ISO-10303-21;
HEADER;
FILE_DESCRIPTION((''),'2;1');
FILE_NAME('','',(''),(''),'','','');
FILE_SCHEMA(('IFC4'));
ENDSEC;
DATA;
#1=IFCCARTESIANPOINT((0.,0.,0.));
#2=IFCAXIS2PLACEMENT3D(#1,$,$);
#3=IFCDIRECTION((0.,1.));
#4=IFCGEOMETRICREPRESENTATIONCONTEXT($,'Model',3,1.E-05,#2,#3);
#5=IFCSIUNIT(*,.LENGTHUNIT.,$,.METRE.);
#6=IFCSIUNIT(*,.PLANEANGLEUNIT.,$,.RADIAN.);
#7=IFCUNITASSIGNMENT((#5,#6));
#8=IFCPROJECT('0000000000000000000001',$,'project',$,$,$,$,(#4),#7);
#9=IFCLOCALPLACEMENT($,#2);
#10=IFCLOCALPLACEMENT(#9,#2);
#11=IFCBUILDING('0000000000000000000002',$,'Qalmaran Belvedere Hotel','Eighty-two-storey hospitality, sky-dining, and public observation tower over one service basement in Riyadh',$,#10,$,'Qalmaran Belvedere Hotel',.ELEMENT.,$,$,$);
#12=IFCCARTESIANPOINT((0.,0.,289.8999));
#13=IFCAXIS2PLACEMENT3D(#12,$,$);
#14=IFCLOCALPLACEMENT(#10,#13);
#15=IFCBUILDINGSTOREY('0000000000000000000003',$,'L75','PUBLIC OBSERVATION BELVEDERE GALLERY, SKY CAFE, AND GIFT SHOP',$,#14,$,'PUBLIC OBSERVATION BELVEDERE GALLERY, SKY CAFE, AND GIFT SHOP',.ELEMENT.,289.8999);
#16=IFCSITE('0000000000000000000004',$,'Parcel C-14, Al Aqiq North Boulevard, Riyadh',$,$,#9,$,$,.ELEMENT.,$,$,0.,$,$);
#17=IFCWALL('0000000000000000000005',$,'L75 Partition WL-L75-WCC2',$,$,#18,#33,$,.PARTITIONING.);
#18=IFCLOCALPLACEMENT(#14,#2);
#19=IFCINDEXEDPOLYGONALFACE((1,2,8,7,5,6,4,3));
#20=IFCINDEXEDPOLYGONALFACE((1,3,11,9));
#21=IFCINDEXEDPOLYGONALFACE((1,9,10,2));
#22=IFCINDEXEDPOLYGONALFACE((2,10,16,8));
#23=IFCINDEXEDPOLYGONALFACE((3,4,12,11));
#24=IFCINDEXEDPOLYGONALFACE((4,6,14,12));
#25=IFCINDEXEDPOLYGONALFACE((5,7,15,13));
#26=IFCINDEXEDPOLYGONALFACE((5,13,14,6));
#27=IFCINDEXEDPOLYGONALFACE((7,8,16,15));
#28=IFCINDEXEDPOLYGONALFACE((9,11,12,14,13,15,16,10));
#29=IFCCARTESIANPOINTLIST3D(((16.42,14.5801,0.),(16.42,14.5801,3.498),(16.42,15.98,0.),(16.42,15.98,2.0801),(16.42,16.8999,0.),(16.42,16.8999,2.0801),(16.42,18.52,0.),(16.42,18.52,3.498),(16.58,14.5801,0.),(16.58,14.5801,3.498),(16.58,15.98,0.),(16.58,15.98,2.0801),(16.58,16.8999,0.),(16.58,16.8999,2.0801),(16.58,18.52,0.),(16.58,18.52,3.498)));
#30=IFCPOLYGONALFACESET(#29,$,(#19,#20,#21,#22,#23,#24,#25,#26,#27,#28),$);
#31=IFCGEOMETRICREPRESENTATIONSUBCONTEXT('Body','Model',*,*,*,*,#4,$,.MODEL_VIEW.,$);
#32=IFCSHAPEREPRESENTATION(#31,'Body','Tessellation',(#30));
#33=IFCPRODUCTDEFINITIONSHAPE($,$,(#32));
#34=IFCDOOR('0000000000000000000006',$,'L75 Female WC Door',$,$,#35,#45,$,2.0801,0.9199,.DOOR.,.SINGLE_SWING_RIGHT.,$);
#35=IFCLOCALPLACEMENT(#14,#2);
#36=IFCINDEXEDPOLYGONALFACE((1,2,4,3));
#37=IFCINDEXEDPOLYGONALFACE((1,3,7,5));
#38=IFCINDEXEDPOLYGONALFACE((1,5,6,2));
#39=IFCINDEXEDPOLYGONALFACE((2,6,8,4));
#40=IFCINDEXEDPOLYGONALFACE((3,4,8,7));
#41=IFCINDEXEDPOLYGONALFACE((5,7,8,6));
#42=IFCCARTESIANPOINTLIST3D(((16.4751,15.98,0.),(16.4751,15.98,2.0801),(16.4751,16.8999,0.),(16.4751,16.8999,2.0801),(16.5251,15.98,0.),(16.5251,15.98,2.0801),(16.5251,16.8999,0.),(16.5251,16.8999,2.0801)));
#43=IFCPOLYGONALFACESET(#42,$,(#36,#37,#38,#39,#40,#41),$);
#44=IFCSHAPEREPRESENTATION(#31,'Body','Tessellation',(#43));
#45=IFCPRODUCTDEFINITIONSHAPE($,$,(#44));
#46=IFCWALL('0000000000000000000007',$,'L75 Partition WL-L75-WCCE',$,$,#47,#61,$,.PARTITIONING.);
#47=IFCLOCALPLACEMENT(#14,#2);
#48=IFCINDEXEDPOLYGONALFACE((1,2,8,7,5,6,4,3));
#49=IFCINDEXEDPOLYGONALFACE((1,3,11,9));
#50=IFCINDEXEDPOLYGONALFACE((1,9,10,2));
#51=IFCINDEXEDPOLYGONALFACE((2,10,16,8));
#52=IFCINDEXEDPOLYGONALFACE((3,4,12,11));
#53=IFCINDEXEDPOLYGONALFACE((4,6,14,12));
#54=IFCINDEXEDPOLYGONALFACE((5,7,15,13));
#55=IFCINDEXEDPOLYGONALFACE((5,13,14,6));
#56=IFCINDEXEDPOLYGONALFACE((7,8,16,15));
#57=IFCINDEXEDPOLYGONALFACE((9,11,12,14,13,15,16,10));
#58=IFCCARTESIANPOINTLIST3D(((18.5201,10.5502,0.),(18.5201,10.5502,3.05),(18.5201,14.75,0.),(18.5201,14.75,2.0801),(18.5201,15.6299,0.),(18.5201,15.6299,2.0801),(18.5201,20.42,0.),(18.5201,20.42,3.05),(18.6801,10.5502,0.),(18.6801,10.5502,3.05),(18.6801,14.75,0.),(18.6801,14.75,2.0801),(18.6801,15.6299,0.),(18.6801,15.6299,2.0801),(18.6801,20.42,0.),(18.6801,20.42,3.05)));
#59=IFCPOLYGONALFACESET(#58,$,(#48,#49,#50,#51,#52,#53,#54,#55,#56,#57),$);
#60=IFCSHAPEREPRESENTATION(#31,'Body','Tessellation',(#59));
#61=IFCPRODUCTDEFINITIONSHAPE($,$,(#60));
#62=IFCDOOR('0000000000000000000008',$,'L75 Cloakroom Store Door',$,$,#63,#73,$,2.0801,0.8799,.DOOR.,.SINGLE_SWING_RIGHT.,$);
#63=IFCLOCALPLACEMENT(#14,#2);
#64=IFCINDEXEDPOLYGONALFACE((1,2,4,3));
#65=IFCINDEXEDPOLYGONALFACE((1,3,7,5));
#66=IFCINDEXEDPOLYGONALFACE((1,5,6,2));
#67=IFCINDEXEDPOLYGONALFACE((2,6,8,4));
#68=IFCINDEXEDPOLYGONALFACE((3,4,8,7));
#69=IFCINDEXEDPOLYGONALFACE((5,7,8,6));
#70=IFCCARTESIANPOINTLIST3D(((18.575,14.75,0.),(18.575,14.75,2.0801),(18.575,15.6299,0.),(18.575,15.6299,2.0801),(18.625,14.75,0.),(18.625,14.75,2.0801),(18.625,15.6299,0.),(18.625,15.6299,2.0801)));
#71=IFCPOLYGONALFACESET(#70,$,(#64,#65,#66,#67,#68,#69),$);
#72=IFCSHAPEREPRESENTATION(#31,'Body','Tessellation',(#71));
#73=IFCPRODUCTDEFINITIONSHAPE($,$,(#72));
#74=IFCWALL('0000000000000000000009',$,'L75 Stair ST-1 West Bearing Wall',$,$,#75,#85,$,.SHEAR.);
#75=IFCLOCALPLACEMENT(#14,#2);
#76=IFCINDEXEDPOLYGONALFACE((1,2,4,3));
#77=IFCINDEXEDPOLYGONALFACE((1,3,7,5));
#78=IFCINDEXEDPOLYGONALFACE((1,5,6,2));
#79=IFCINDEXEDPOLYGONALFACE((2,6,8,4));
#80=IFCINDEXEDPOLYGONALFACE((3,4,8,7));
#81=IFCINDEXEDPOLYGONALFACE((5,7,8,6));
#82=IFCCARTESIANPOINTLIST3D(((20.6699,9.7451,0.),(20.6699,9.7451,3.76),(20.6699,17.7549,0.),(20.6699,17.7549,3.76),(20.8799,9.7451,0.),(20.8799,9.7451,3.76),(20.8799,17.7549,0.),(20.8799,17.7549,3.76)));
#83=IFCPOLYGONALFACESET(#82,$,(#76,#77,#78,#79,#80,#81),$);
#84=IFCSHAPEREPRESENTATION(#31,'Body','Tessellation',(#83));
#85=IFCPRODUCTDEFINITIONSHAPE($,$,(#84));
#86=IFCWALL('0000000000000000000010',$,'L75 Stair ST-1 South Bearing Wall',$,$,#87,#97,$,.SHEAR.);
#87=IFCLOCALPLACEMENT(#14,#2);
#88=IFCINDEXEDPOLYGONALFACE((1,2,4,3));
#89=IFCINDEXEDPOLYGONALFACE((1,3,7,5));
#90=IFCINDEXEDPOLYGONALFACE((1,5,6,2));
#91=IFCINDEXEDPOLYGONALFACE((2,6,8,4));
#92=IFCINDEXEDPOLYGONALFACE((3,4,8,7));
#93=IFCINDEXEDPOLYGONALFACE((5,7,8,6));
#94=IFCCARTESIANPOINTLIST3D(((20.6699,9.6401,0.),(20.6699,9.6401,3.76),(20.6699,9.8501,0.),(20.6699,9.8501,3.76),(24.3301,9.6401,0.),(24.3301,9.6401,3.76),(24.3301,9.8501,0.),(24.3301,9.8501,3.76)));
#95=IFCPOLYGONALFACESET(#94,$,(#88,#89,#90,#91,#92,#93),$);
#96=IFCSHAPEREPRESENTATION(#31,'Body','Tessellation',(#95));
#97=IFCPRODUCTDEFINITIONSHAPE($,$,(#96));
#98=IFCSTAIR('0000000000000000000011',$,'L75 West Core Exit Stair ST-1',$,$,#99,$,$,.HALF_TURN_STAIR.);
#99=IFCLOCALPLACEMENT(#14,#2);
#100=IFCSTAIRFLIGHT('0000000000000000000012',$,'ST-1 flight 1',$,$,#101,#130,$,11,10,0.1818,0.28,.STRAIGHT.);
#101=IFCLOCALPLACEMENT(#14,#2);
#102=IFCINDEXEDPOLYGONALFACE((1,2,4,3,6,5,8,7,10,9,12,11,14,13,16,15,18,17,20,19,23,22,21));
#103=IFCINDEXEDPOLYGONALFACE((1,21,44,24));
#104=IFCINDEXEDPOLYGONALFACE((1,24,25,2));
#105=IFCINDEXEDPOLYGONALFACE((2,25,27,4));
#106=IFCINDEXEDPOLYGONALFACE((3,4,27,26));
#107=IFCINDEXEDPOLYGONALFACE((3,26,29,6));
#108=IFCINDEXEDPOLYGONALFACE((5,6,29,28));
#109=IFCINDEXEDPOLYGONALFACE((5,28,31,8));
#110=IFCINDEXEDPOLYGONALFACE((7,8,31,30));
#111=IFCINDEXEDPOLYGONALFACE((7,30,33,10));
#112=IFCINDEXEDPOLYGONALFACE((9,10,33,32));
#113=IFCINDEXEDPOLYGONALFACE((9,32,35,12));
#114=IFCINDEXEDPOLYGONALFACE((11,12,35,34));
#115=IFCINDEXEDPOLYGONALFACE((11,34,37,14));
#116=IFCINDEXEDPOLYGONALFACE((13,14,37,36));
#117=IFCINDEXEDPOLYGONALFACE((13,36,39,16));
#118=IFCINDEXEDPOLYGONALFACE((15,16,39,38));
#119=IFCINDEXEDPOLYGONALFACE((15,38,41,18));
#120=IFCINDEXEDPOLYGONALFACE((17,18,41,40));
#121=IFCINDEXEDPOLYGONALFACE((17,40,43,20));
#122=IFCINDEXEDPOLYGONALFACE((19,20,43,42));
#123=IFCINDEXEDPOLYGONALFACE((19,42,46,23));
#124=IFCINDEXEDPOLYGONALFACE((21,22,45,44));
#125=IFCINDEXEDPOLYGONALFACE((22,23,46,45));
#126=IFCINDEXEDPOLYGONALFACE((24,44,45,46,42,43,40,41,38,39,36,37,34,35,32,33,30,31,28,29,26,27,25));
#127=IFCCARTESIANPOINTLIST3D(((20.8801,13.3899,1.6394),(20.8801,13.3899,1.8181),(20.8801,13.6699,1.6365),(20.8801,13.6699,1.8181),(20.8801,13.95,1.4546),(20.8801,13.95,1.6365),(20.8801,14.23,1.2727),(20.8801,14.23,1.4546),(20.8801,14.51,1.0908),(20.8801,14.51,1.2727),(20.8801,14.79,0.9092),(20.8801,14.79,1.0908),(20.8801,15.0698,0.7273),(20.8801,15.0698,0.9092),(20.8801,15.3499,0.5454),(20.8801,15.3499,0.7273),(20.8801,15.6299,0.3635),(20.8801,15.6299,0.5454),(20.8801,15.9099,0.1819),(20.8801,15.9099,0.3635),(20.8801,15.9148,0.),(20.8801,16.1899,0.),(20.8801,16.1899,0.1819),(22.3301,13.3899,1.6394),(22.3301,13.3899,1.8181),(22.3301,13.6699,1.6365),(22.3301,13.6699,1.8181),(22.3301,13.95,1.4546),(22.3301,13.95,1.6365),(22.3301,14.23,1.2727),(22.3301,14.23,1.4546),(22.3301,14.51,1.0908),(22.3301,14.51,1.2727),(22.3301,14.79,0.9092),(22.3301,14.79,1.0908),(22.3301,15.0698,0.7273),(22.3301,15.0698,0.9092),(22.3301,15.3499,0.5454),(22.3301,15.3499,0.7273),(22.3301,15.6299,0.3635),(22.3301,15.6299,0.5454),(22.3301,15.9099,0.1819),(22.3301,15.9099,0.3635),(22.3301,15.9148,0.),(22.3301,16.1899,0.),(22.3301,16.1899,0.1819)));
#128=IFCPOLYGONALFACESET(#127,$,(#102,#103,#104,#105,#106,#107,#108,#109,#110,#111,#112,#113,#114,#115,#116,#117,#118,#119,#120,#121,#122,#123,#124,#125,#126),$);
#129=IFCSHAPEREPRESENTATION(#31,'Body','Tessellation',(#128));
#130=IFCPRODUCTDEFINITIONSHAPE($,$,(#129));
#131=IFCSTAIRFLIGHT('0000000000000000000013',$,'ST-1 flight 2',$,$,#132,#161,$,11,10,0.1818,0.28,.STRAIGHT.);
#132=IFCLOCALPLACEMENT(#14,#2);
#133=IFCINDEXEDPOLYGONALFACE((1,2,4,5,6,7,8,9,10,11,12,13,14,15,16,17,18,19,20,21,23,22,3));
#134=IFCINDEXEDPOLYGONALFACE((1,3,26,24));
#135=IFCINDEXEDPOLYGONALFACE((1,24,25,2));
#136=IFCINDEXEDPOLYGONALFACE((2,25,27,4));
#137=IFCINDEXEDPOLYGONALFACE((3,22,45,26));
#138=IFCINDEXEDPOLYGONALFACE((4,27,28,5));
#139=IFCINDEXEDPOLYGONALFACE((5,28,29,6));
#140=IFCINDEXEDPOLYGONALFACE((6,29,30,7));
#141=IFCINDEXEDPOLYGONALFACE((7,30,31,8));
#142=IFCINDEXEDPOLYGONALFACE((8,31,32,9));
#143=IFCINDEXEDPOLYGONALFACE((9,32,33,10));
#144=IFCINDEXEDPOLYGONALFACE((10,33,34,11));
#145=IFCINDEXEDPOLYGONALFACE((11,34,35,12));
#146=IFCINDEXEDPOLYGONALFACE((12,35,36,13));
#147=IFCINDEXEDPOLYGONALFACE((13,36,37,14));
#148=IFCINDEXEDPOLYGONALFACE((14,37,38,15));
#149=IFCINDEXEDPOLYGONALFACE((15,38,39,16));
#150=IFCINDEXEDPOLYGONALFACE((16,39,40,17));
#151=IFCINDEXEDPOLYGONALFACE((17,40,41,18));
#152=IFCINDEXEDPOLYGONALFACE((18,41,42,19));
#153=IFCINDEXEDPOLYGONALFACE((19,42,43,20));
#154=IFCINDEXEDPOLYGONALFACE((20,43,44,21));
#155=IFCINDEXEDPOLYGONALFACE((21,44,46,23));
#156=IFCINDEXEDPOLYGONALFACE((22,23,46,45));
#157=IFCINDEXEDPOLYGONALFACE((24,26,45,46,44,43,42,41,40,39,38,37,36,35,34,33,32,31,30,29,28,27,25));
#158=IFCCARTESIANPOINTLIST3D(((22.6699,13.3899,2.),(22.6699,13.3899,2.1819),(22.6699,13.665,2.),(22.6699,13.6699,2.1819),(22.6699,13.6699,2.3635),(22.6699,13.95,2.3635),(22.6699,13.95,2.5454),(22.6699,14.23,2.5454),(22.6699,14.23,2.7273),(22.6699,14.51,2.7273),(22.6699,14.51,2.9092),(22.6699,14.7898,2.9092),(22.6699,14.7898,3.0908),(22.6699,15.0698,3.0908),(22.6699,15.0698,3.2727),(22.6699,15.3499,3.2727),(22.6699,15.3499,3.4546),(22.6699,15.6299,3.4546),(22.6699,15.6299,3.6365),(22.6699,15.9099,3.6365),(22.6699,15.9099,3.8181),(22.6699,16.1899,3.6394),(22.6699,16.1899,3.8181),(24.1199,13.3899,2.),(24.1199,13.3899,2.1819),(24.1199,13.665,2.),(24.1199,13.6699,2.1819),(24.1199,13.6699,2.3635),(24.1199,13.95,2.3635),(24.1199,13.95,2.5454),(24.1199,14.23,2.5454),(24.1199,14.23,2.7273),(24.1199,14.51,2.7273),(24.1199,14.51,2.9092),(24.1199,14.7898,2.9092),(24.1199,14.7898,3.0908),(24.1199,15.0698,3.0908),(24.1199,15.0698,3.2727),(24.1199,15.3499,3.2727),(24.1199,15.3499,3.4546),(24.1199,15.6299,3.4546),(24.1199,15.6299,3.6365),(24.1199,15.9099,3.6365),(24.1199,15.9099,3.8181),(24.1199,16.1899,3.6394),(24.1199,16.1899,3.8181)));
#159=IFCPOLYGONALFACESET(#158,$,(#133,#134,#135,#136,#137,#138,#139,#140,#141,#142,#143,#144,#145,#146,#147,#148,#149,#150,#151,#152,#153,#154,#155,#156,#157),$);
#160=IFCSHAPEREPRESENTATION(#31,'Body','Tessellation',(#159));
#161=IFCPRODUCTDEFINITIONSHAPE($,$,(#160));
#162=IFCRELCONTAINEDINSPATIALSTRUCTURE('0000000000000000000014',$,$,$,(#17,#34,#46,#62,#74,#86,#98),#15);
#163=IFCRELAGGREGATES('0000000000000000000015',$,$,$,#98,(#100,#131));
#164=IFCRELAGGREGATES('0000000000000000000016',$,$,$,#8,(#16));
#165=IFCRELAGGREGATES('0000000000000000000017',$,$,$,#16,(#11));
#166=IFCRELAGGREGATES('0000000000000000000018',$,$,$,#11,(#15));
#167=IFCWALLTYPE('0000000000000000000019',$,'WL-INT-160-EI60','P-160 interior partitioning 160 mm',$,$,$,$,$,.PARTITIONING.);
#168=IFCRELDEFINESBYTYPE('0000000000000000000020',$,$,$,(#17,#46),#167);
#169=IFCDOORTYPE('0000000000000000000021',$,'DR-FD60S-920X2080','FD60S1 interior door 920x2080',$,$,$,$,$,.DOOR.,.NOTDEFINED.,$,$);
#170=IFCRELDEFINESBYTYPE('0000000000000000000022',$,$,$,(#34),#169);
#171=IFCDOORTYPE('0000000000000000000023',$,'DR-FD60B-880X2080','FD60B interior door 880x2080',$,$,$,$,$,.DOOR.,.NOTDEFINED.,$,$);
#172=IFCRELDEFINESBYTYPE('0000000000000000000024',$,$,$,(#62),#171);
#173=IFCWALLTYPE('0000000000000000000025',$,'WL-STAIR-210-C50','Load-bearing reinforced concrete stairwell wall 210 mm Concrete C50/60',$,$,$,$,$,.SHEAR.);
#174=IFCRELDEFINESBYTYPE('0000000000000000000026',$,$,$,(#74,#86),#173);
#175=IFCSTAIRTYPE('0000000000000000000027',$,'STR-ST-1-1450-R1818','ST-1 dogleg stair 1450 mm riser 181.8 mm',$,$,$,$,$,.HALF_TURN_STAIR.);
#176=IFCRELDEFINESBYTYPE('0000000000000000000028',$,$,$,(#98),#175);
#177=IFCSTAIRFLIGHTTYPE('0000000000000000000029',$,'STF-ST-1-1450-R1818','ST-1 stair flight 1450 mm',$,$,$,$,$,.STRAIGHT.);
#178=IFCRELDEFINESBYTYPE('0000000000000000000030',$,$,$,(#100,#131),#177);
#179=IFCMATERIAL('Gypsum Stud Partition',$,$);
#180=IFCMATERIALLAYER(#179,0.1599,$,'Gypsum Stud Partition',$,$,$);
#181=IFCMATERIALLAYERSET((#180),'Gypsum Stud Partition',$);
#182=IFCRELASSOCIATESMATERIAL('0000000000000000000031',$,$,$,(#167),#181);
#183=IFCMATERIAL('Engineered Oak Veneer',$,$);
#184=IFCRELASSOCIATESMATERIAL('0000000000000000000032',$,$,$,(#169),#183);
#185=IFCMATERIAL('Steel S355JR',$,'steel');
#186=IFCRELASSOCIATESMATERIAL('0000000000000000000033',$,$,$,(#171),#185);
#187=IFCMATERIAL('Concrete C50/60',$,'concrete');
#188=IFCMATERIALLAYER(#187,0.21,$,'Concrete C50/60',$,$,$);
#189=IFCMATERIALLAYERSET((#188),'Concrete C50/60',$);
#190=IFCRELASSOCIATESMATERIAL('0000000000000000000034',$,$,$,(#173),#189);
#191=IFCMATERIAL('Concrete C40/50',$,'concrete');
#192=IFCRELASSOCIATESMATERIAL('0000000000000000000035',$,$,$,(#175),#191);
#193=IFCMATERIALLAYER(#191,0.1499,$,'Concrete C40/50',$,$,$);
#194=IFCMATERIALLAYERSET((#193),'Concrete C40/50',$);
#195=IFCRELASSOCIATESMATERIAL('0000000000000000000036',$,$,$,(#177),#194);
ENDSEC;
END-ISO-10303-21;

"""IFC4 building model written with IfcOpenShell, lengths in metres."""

from ifc_helpers import new_model, si_unit, direction, frame, frame_2d, origin, place, context, subcontext, project, spatial, polyline, rectangle, outline, extrude, material, layer, layer_set, type_object, element, fill, aggregate, save


model = new_model("IFC4")

# Units and contexts
model_context = context("Model", 3, precision=1e-05, world=origin(), true_north=direction((0.0, 1.0)))
body_context = subcontext(model_context, "Body", "Model", "MODEL_VIEW")
ifc_project = project(units=[si_unit("LENGTHUNIT", "METRE"), si_unit("PLANEANGLEUNIT", "RADIAN")], contexts=[model_context])

# Site, building, storey
site_placement = place(None, origin())
site = spatial("IfcSite", under=ifc_project, at=site_placement, Name="Parcel C-14, Al Aqiq North Boulevard, Riyadh", CompositionType="ELEMENT", RefElevation=0.0)
building_placement = place(site_placement, origin())
building = spatial("IfcBuilding", under=site, at=building_placement, Name="Qalmaran Belvedere Hotel", Description="Eighty-two-storey hospitality, sky-dining, and public observation tower over one service basement in Riyadh", LongName="Qalmaran Belvedere Hotel", CompositionType="ELEMENT")
storey_placement = place(building_placement, frame((0.0, 0.0, 289.8999)))
storey = spatial("IfcBuildingStorey", under=building, at=storey_placement, Name="L75", Description="PUBLIC OBSERVATION BELVEDERE GALLERY, SKY CAFE, AND GIFT SHOP", LongName="PUBLIC OBSERVATION BELVEDERE GALLERY, SKY CAFE, AND GIFT SHOP", CompositionType="ELEMENT", Elevation=289.8999)

# Shared definitions
ifc_material_1 = material(Name="Concrete C50/60", Category="concrete")

# Shared definitions
ifc_material_2 = material(Name="Steel S355JR", Category="steel")

# Shared definitions
ifc_material_3 = material(Name="Gypsum Stud Partition")
ifc_layer_1 = layer(ifc_material_3, 0.1599, Name="Gypsum Stud Partition")
ifc_layer_set_1 = layer_set([ifc_layer_1], Name="Gypsum Stud Partition")
wall_type_1 = type_object("IfcWallType", Name="WL-INT-160-EI60", Description="P-160 interior partitioning 160 mm", PredefinedType="PARTITIONING", material=ifc_layer_set_1)

# Walls, openings, doors
ifc_material_4 = material(Name="Engineered Oak Veneer")
door_type_1 = type_object("IfcDoorType", Name="DR-FD60S-920X2080", Description="FD60S1 interior door 920x2080", OperationType="NOTDEFINED", PredefinedType="DOOR", material=ifc_material_4)
wall_1_placement = place(storey_placement, frame((16.5, 14.5801, 0.0), z_axis=(0.0, 0.0, 1.0), x_axis=(0.0, 1.0, 0.0)))
wall_1 = element("IfcWall", 1, at=wall_1_placement, inside=storey, type_object=wall_type_1, Name="L75 Partition WL-L75-WCC2", PredefinedType="PARTITIONING", context=body_context, shape_type="SweptSolid", body=[
    extrude(rectangle(XDim=3.9399, YDim=0.1599, at=frame_2d((1.97, 0.0))), origin(), (0.0, 0.0, 1.0), 3.498),
])
opening_1_placement = place(wall_1_placement, frame((1.3999, 0.0, 0.0)))
opening_1 = element("IfcOpeningElement", 2, at=opening_1_placement, cuts=wall_1, PredefinedType="OPENING", context=body_context, shape_type="SweptSolid", body=[
    extrude(rectangle(XDim=0.9199, YDim=2.0801, at=frame_2d((0.46, 1.04))), frame((0.0, 0.0898, 0.0), z_axis=(0.0, -1.0, 0.0), x_axis=(1.0, 0.0, 0.0)), (0.0, 0.0, 1.0), 0.1799),
])
door_1_placement = place(opening_1_placement, origin())
door_1 = element("IfcDoor", 3, at=door_1_placement, inside=storey, type_object=door_type_1, Name="L75 Female WC Door", OperationType="SINGLE_SWING_RIGHT", OverallHeight=2.0801, OverallWidth=0.9199, PredefinedType="DOOR", context=body_context, shape_type="SweptSolid", body=[
    extrude(rectangle(XDim=0.9199, YDim=2.0801, at=frame_2d((0.46, 1.04))), frame((0.0, 0.0249, 0.0), z_axis=(0.0, -1.0, 0.0), x_axis=(1.0, 0.0, 0.0)), (0.0, 0.0, 1.0), 0.05),
])
fill(opening_1, door_1)
wall_2_placement = place(storey_placement, frame((18.6001, 10.55, 0.0), z_axis=(0.0, 0.0, 1.0), x_axis=(0.0, 1.0, 0.0)))
wall_2 = element("IfcWall", 4, at=wall_2_placement, inside=storey, type_object=wall_type_1, Name="L75 Partition WL-L75-WCCE", PredefinedType="PARTITIONING", context=body_context, shape_type="SweptSolid", body=[
    extrude(rectangle(XDim=9.8699, YDim=0.1599, at=frame_2d((4.9351, 0.0))), origin(), (0.0, 0.0, 1.0), 3.05),
])
opening_2_placement = place(wall_2_placement, frame((5.0798, 0.0, 0.0), z_axis=(0.0, 0.0, 1.0), x_axis=(-1.0, 0.0, 0.0)))
opening_2 = element("IfcOpeningElement", 5, at=opening_2_placement, cuts=wall_2, PredefinedType="OPENING", context=body_context, shape_type="SweptSolid", body=[
    extrude(rectangle(XDim=0.8799, YDim=2.0801, at=frame_2d((0.4399, 1.04))), frame((0.0, 0.0898, 0.0), z_axis=(0.0, -1.0, 0.0), x_axis=(1.0, 0.0, 0.0)), (0.0, 0.0, 1.0), 0.1799),
])
door_type_2 = type_object("IfcDoorType", Name="DR-FD60B-880X2080", Description="FD60B interior door 880x2080", OperationType="NOTDEFINED", PredefinedType="DOOR", material=ifc_material_2)
door_2_placement = place(opening_2_placement, origin())
door_2 = element("IfcDoor", 6, at=door_2_placement, inside=storey, type_object=door_type_2, Name="L75 Cloakroom Store Door", OperationType="SINGLE_SWING_RIGHT", OverallHeight=2.0801, OverallWidth=0.8799, PredefinedType="DOOR", context=body_context, shape_type="SweptSolid", body=[
    extrude(rectangle(XDim=0.8799, YDim=2.0801, at=frame_2d((0.4399, 1.04))), frame((0.0, 0.0249, 0.0), z_axis=(0.0, -1.0, 0.0), x_axis=(1.0, 0.0, 0.0)), (0.0, 0.0, 1.0), 0.05),
])
fill(opening_2, door_2)

# Walls
ifc_layer_2 = layer(ifc_material_1, 0.21, Name="Concrete C50/60")
ifc_layer_set_2 = layer_set([ifc_layer_2], Name="Concrete C50/60")
wall_type_2 = type_object("IfcWallType", Name="WL-STAIR-210-C50", Description="Load-bearing reinforced concrete stairwell wall 210 mm Concrete C50/60", PredefinedType="SHEAR", material=ifc_layer_set_2)
wall_3_placement = place(storey_placement, frame((20.7749, 9.7451, 0.0), z_axis=(0.0, 0.0, 1.0), x_axis=(0.0, 1.0, 0.0)))
element("IfcWall", 7, at=wall_3_placement, inside=storey, type_object=wall_type_2, Name="L75 Stair ST-1 West Bearing Wall", PredefinedType="SHEAR", context=body_context, shape_type="SweptSolid", body=[
    extrude(rectangle(XDim=8.0098, YDim=0.21, at=frame_2d((4.0049, 0.0))), origin(), (0.0, 0.0, 1.0), 3.76),
])
wall_4_placement = place(storey_placement, frame((20.6699, 9.7451, 0.0), z_axis=(0.0, 0.0, 1.0), x_axis=(1.0, 0.0, 0.0)))
element("IfcWall", 8, at=wall_4_placement, inside=storey, type_object=wall_type_2, Name="L75 Stair ST-1 South Bearing Wall", PredefinedType="SHEAR", context=body_context, shape_type="SweptSolid", body=[
    extrude(rectangle(XDim=3.6602, YDim=0.21, at=frame_2d((1.8301, 0.0))), origin(), (0.0, 0.0, 1.0), 3.76),
])

# Stair, stair flights
ifc_material_5 = material(Name="Concrete C40/50", Category="concrete")
stair_type = type_object("IfcStairType", Name="STR-ST-1-1450-R1818", Description="ST-1 dogleg stair 1450 mm riser 181.8 mm", PredefinedType="HALF_TURN_STAIR", material=ifc_material_5)
stair_placement = place(storey_placement, origin())
stair = element("IfcStair", 9, at=stair_placement, inside=storey, type_object=stair_type, Name="L75 West Core Exit Stair ST-1", PredefinedType="HALF_TURN_STAIR")
ifc_layer_3 = layer(ifc_material_5, 0.1499, Name="Concrete C40/50")
ifc_layer_set_3 = layer_set([ifc_layer_3], Name="Concrete C40/50")
stair_flight_type = type_object("IfcStairFlightType", Name="STF-ST-1-1450-R1818", Description="ST-1 stair flight 1450 mm", PredefinedType="STRAIGHT", material=ifc_layer_set_3)
stair_flight_1_placement = place(storey_placement, frame((21.605, 16.1899, 0.0), z_axis=(0.0, 0.0, 1.0), x_axis=(0.0, -1.0, 0.0)))
stair_flight_1 = element("IfcStairFlight", 10, at=stair_flight_1_placement, type_object=stair_flight_type, Name="ST-1 flight 1", NumberOfRisers=11, NumberOfTreads=10, PredefinedType="STRAIGHT", RiserHeight=0.1818, TreadLength=0.28, context=body_context, shape_type="SweptSolid", body=[
    extrude(outline(polyline([(0.0, 0.0), (0.0, 0.1819), (0.28, 0.1819), (0.28, 0.3635), (0.5601, 0.3635), (0.5601, 0.5454), (0.8401, 0.5454), (0.8401, 0.7273), (1.1201, 0.7273), (1.1201, 0.9092), (1.3999, 0.9092), (1.3999, 1.0908), (1.6799, 1.0908), (1.6799, 1.2727), (1.96, 1.2727), (1.96, 1.4546), (2.24, 1.4546), (2.24, 1.6365), (2.52, 1.6365), (2.52, 1.8181), (2.8, 1.8181), (2.8, 2.0), (2.8, 1.6394), (0.2751, 0.0), (0.0, 0.0)])), frame((0.0, 0.7251, 0.0), z_axis=(0.0, -1.0, 0.0), x_axis=(1.0, 0.0, 0.0)), (0.0, 0.0, 1.0), 1.45),
])
stair_flight_2_placement = place(storey_placement, frame((23.395, 13.3899, 2.0), z_axis=(0.0, 0.0, 1.0), x_axis=(0.0, 1.0, 0.0)))
stair_flight_2 = element("IfcStairFlight", 11, at=stair_flight_2_placement, type_object=stair_flight_type, Name="ST-1 flight 2", NumberOfRisers=11, NumberOfTreads=10, PredefinedType="STRAIGHT", RiserHeight=0.1818, TreadLength=0.28, context=body_context, shape_type="SweptSolid", body=[
    extrude(outline(polyline([(0.0, 0.0), (0.0, 0.1819), (0.28, 0.1819), (0.28, 0.3635), (0.5601, 0.3635), (0.5601, 0.5454), (0.8401, 0.5454), (0.8401, 0.7273), (1.1201, 0.7273), (1.1201, 0.9092), (1.3999, 0.9092), (1.3999, 1.0908), (1.6799, 1.0908), (1.6799, 1.2727), (1.96, 1.2727), (1.96, 1.4546), (2.24, 1.4546), (2.24, 1.6365), (2.52, 1.6365), (2.52, 1.8181), (2.8, 1.8181), (2.8, 2.0), (2.8, 1.6394), (0.2751, 0.0), (0.0, 0.0)])), frame((0.0, 0.7251, 0.0), z_axis=(0.0, -1.0, 0.0), x_axis=(1.0, 0.0, 0.0)), (0.0, 0.0, 1.0), 1.45),
])
aggregate(stair, [stair_flight_1, stair_flight_2])

save(model, "model.ifc")
